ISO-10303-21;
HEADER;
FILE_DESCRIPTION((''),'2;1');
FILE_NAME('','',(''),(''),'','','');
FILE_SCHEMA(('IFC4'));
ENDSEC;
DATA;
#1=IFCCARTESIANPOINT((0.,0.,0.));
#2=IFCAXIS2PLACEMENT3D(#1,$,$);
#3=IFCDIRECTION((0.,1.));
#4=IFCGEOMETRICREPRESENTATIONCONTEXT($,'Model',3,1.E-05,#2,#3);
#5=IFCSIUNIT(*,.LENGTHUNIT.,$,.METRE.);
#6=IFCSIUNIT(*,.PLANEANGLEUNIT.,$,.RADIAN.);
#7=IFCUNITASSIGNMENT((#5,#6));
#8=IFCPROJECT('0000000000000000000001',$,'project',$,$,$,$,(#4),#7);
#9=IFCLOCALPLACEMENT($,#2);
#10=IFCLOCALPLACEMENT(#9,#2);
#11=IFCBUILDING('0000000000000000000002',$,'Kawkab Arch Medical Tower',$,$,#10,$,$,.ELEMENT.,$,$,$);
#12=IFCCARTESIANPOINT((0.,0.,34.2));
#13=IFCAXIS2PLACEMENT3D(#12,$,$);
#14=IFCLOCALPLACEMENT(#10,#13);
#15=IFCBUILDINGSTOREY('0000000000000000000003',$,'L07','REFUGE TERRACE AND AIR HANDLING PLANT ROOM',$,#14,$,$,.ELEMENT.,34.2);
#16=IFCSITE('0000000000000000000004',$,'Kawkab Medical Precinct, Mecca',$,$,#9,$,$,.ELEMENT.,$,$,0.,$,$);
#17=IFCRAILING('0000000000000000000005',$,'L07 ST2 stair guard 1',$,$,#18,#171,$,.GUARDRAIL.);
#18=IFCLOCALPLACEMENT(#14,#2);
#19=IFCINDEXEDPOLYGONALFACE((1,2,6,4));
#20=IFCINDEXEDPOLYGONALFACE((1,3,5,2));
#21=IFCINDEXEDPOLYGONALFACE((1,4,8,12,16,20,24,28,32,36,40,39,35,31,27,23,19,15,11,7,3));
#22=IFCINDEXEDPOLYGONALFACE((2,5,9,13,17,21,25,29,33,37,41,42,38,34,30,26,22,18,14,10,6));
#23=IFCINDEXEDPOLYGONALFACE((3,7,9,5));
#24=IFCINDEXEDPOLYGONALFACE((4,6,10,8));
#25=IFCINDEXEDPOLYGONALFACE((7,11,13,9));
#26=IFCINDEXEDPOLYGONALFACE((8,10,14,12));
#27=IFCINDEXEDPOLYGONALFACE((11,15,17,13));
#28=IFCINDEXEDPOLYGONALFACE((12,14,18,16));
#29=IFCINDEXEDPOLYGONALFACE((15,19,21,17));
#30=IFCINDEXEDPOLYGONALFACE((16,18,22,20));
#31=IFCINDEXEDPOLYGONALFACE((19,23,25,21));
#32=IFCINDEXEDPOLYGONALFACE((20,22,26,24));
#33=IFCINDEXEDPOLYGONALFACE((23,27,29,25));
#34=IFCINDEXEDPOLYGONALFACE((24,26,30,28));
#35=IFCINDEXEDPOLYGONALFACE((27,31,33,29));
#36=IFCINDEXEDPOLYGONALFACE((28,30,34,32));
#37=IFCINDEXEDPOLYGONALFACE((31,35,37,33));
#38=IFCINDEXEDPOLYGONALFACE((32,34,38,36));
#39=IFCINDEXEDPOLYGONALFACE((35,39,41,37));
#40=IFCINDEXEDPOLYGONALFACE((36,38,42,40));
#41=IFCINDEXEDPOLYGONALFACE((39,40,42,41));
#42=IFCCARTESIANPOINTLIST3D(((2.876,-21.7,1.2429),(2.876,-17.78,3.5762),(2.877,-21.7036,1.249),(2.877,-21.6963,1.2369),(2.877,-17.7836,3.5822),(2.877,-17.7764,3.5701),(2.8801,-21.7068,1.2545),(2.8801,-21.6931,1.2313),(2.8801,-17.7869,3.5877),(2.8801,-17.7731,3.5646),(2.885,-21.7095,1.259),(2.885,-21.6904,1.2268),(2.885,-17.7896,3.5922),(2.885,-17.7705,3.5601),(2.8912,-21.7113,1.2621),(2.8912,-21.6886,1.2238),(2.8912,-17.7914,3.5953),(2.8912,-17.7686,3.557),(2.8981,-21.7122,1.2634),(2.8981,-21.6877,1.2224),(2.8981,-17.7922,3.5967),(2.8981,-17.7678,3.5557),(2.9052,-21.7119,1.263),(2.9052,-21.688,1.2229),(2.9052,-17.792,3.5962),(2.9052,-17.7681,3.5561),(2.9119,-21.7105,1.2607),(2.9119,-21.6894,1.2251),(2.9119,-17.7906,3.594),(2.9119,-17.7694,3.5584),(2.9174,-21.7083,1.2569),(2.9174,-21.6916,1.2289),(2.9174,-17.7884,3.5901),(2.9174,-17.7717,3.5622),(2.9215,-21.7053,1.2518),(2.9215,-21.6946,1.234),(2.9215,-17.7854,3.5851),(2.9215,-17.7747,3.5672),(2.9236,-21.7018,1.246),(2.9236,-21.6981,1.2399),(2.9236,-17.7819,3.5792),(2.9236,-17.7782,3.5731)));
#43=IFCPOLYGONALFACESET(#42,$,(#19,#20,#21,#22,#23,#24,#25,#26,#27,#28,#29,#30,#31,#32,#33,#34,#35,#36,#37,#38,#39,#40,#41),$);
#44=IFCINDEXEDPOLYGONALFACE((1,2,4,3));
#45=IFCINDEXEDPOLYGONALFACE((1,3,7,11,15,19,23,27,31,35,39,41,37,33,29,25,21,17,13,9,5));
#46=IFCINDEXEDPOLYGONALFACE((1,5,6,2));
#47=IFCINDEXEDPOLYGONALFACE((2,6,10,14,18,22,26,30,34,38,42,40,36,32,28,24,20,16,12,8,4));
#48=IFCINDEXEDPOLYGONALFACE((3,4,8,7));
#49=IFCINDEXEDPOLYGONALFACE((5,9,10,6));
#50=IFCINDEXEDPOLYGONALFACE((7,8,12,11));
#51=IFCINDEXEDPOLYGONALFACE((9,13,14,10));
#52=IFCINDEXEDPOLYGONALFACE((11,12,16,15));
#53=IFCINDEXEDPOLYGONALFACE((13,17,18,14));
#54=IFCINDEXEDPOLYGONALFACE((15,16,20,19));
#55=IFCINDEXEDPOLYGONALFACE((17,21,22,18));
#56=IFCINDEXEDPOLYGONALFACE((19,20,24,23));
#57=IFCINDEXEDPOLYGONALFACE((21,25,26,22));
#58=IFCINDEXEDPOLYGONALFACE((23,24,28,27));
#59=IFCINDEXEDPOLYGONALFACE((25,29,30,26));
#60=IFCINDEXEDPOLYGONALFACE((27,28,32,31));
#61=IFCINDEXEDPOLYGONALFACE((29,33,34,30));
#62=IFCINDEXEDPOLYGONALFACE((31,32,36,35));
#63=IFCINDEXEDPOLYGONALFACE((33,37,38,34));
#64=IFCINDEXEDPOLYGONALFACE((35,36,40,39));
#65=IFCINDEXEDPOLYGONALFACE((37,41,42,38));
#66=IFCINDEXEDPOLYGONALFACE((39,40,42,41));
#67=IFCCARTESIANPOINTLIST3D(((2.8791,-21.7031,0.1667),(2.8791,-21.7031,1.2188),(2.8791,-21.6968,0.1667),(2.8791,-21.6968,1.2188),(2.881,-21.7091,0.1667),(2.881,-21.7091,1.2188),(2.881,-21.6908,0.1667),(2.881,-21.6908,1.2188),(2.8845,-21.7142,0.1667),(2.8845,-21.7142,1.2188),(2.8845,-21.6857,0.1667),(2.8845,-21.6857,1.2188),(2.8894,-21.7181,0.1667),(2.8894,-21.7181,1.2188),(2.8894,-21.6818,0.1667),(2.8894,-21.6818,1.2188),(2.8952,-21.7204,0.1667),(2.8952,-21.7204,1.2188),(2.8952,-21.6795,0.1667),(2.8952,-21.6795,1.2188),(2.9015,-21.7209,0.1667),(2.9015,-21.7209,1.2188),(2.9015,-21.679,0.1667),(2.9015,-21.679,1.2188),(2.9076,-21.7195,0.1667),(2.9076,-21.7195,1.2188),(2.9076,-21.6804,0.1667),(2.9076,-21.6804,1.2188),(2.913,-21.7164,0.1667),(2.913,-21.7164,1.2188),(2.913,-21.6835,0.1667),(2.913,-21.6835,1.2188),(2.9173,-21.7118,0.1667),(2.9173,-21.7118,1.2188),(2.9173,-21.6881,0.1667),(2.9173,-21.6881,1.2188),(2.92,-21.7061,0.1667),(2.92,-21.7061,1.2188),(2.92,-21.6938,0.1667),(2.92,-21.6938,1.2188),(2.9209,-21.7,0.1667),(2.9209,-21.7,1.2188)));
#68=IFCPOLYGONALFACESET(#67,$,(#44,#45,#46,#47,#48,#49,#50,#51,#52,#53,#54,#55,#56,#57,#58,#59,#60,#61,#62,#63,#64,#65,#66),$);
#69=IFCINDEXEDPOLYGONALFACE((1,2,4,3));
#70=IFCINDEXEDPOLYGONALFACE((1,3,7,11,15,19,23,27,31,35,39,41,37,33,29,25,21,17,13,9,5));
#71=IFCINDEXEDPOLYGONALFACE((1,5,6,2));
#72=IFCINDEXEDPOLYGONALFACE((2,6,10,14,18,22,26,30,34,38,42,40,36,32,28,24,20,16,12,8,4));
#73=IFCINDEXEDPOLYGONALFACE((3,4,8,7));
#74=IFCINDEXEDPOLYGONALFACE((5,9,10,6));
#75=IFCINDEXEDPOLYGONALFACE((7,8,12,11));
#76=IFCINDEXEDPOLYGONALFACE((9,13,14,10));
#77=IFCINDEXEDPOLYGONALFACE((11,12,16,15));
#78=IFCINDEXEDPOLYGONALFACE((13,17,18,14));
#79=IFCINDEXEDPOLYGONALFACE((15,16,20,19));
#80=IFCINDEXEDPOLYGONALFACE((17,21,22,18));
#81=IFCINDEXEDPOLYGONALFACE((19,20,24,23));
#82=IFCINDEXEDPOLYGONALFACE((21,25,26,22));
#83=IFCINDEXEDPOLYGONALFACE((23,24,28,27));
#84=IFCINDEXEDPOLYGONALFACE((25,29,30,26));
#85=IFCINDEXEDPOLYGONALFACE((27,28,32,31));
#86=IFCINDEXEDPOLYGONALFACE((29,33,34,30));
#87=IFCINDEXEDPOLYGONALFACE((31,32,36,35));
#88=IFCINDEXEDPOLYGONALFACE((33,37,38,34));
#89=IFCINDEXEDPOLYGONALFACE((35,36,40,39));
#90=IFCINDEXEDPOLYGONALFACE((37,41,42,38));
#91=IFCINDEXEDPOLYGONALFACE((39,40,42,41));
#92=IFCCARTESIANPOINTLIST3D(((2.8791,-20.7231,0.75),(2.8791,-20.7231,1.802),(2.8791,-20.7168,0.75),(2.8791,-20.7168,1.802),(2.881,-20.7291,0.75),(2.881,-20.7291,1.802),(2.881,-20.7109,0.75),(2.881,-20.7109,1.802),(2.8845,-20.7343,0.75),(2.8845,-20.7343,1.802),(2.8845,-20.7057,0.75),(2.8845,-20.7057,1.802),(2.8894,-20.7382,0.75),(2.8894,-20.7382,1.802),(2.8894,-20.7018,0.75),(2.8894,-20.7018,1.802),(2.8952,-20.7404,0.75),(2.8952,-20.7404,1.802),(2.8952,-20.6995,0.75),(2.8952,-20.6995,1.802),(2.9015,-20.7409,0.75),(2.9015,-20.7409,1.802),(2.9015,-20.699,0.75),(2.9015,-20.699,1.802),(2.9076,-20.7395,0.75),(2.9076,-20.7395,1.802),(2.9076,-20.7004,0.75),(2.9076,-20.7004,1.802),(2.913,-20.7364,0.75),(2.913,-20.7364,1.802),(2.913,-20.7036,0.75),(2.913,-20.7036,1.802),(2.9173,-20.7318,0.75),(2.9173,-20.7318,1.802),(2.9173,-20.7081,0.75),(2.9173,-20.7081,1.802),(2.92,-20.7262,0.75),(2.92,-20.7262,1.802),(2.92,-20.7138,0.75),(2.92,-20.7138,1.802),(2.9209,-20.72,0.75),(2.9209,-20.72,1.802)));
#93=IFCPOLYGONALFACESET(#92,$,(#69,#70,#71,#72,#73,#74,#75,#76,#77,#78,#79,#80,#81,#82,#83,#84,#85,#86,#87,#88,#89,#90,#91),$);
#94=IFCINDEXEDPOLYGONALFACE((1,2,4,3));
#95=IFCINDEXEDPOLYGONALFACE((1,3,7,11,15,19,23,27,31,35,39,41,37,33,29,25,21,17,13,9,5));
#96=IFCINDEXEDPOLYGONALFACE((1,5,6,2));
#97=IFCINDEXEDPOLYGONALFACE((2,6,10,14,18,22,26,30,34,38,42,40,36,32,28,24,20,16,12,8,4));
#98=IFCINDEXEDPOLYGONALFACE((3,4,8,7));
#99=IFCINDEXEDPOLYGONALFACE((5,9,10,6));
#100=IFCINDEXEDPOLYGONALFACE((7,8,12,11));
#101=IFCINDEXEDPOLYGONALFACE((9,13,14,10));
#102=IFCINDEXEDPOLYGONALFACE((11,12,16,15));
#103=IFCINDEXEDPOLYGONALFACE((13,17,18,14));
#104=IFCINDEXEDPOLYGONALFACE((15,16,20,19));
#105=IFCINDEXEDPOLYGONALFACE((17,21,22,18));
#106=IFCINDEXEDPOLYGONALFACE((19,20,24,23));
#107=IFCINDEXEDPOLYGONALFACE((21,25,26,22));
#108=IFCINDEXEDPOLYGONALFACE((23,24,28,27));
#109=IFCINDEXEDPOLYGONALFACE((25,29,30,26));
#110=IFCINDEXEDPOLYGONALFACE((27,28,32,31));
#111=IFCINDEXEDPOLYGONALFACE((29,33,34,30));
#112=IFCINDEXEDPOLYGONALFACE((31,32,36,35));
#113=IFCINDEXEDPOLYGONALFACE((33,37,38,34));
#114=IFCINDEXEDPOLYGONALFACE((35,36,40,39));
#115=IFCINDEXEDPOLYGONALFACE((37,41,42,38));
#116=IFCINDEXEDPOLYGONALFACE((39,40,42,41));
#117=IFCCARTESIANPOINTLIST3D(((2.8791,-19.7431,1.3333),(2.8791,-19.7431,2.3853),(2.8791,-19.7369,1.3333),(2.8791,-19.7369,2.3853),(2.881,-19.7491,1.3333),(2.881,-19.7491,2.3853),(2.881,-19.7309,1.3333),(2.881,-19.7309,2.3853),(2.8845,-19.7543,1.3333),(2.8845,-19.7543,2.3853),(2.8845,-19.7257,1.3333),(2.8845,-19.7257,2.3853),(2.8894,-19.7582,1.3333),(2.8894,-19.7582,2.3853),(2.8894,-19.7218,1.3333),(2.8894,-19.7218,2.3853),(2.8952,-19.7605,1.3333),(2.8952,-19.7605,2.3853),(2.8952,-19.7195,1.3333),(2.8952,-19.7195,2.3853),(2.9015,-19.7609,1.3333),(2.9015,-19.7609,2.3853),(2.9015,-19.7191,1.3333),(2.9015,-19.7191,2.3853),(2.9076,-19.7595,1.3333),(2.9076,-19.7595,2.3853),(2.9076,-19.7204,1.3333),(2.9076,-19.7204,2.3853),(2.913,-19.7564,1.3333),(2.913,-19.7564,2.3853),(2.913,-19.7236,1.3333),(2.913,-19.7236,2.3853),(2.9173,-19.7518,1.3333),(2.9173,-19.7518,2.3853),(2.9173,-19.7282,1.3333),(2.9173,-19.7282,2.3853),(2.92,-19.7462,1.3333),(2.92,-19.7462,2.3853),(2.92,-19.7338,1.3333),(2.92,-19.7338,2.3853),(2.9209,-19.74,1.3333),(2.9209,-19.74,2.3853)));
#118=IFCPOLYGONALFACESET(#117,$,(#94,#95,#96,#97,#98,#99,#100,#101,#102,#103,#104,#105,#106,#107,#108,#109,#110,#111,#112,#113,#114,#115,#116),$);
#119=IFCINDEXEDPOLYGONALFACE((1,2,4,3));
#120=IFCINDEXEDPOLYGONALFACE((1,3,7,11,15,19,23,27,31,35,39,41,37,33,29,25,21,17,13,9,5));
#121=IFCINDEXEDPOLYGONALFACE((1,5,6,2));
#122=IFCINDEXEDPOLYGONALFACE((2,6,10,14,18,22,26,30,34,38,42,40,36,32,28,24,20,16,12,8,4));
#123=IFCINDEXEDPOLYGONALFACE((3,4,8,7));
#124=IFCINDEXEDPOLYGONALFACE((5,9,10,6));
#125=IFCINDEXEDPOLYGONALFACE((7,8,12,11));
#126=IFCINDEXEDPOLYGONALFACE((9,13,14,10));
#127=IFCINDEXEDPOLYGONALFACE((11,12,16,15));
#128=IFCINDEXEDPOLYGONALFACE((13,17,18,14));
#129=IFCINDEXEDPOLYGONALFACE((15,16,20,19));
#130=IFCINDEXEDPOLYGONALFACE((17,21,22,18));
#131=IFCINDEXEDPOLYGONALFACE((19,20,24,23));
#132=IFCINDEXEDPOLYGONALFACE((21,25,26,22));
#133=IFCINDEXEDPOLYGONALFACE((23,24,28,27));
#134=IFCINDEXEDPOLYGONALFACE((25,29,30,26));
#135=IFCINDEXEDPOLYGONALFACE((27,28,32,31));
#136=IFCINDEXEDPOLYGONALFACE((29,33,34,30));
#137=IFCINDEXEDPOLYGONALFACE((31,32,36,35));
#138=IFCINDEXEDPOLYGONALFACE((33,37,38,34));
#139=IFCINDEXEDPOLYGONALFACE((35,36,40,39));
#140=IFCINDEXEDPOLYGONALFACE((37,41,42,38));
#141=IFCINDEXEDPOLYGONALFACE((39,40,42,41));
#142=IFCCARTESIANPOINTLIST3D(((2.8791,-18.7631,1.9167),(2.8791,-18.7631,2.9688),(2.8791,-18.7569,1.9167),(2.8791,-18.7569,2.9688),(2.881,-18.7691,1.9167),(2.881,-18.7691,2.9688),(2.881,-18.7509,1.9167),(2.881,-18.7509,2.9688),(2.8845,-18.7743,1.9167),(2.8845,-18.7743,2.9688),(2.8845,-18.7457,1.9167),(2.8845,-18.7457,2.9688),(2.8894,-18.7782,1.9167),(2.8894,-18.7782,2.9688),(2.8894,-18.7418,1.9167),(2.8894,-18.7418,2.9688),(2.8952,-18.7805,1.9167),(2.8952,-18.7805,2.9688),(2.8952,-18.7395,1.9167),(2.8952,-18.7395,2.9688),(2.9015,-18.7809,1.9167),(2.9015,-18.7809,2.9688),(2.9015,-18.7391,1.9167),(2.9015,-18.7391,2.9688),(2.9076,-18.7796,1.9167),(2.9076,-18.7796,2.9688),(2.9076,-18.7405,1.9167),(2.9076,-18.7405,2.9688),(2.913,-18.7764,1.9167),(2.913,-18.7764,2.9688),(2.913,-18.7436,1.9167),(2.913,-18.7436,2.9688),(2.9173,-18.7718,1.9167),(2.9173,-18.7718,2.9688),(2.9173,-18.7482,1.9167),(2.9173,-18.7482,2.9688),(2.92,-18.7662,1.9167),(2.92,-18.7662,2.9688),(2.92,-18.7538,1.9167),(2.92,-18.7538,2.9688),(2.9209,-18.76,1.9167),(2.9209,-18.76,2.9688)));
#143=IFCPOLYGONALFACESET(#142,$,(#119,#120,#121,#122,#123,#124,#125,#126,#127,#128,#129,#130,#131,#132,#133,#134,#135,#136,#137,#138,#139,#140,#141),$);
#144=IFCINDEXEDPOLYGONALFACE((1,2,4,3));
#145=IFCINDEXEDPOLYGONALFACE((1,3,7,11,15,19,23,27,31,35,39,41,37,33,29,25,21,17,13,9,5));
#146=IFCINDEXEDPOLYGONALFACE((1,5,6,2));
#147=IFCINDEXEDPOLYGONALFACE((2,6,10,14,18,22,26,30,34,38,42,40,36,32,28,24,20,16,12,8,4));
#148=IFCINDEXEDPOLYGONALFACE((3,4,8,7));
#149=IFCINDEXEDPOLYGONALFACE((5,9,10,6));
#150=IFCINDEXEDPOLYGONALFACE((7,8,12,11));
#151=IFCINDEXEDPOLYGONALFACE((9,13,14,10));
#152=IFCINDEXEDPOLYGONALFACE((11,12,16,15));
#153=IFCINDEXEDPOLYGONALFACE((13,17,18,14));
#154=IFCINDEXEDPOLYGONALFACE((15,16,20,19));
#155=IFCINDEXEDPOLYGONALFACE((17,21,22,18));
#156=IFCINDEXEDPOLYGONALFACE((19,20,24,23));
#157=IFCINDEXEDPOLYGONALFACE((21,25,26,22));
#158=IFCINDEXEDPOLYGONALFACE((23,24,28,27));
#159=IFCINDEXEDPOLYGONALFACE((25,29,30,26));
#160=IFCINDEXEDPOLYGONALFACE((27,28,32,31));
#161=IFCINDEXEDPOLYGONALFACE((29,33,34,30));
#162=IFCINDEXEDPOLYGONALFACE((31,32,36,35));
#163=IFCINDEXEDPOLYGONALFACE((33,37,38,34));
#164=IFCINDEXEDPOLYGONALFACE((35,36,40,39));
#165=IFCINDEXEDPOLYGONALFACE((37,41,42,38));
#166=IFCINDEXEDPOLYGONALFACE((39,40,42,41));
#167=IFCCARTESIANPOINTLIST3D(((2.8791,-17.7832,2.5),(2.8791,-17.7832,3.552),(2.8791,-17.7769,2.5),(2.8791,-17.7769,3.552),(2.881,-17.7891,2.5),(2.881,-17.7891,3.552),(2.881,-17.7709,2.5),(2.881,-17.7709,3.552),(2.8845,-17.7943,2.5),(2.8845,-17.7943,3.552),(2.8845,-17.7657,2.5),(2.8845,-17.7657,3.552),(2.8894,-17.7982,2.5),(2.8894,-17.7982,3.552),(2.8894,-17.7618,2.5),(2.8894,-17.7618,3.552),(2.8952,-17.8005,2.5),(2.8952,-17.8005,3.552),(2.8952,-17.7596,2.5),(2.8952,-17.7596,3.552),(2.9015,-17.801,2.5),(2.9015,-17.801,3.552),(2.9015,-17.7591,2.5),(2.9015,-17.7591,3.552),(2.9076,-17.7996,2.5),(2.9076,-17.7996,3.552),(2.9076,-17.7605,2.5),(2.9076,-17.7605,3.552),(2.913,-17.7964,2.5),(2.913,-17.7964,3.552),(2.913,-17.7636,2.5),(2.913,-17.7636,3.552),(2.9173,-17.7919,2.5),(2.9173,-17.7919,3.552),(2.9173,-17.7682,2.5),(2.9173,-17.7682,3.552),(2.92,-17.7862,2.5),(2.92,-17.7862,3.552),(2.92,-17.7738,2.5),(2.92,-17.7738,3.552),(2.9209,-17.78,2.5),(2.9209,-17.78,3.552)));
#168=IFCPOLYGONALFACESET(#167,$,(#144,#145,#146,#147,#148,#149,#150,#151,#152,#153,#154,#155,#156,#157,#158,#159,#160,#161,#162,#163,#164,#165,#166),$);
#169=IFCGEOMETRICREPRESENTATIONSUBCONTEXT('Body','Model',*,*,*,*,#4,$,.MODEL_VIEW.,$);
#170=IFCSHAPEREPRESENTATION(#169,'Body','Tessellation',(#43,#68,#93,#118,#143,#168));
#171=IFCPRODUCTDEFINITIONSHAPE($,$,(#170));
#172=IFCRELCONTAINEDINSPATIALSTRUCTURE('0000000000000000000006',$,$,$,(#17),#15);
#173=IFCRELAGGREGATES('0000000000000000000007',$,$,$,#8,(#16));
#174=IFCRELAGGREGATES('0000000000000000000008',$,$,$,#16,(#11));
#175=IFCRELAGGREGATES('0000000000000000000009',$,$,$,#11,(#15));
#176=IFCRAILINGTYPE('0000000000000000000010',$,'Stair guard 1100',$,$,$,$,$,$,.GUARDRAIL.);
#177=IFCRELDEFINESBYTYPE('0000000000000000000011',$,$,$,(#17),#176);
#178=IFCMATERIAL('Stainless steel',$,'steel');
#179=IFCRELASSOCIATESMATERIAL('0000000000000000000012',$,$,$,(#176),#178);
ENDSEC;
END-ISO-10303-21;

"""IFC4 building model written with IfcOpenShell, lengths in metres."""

from ifc_helpers import new_model, si_unit, direction, frame, origin, origin_2d, place, context, subcontext, project, spatial, circle, extrude, material, type_object, element, save


model = new_model("IFC4")

# Units and contexts
model_context = context("Model", 3, precision=1e-05, world=origin(), true_north=direction((0.0, 1.0)))
body_context = subcontext(model_context, "Body", "Model", "MODEL_VIEW")
ifc_project = project(units=[si_unit("LENGTHUNIT", "METRE"), si_unit("PLANEANGLEUNIT", "RADIAN")], contexts=[model_context])

# Site, building, storey
site_placement = place(None, origin())
site = spatial("IfcSite", under=ifc_project, at=site_placement, Name="Kawkab Medical Precinct, Mecca", CompositionType="ELEMENT", RefElevation=0.0)
building_placement = place(site_placement, origin())
building = spatial("IfcBuilding", under=site, at=building_placement, Name="Kawkab Arch Medical Tower", CompositionType="ELEMENT")
storey_placement = place(building_placement, frame((0.0, 0.0, 34.2)))
storey = spatial("IfcBuildingStorey", under=building, at=storey_placement, Name="L07", Description="REFUGE TERRACE AND AIR HANDLING PLANT ROOM", CompositionType="ELEMENT", Elevation=34.2)

# Railing
ifc_material_1 = material(Name="Stainless steel", Category="steel")
railing_type = type_object("IfcRailingType", Name="Stair guard 1100", PredefinedType="GUARDRAIL", material=ifc_material_1)
railing_1_placement = place(storey_placement, frame((2.8999, -21.7, 0.1667)))
element("IfcRailing", 1, at=railing_1_placement, inside=storey, type_object=railing_type, Name="L07 ST2 stair guard 1", PredefinedType="GUARDRAIL", context=body_context, shape_type="SweptSolid", body=[
    extrude(circle(Radius=0.0239, at=origin_2d()), frame((0.0, 0.0, 1.0762), z_axis=(0.0, 0.859296, 0.511478), x_axis=(-1.0, 0.0, 0.0)), (0.0, 0.0, 1.0), 4.5618),
    extrude(circle(Radius=0.021, at=origin_2d()), origin(), (0.0, 0.0, 1.0), 1.052),
    extrude(circle(Radius=0.021, at=origin_2d()), frame((0.0, 0.98, 0.5833)), (0.0, 0.0, 1.0), 1.052),
    extrude(circle(Radius=0.021, at=origin_2d()), frame((0.0, 1.96, 1.1665)), (0.0, 0.0, 1.0), 1.052),
    extrude(circle(Radius=0.021, at=origin_2d()), frame((0.0, 2.9399, 1.75)), (0.0, 0.0, 1.0), 1.052),
    extrude(circle(Radius=0.021, at=origin_2d()), frame((0.0, 3.9199, 2.3333)), (0.0, 0.0, 1.0), 1.052),
])

save(model, "model.ifc")
